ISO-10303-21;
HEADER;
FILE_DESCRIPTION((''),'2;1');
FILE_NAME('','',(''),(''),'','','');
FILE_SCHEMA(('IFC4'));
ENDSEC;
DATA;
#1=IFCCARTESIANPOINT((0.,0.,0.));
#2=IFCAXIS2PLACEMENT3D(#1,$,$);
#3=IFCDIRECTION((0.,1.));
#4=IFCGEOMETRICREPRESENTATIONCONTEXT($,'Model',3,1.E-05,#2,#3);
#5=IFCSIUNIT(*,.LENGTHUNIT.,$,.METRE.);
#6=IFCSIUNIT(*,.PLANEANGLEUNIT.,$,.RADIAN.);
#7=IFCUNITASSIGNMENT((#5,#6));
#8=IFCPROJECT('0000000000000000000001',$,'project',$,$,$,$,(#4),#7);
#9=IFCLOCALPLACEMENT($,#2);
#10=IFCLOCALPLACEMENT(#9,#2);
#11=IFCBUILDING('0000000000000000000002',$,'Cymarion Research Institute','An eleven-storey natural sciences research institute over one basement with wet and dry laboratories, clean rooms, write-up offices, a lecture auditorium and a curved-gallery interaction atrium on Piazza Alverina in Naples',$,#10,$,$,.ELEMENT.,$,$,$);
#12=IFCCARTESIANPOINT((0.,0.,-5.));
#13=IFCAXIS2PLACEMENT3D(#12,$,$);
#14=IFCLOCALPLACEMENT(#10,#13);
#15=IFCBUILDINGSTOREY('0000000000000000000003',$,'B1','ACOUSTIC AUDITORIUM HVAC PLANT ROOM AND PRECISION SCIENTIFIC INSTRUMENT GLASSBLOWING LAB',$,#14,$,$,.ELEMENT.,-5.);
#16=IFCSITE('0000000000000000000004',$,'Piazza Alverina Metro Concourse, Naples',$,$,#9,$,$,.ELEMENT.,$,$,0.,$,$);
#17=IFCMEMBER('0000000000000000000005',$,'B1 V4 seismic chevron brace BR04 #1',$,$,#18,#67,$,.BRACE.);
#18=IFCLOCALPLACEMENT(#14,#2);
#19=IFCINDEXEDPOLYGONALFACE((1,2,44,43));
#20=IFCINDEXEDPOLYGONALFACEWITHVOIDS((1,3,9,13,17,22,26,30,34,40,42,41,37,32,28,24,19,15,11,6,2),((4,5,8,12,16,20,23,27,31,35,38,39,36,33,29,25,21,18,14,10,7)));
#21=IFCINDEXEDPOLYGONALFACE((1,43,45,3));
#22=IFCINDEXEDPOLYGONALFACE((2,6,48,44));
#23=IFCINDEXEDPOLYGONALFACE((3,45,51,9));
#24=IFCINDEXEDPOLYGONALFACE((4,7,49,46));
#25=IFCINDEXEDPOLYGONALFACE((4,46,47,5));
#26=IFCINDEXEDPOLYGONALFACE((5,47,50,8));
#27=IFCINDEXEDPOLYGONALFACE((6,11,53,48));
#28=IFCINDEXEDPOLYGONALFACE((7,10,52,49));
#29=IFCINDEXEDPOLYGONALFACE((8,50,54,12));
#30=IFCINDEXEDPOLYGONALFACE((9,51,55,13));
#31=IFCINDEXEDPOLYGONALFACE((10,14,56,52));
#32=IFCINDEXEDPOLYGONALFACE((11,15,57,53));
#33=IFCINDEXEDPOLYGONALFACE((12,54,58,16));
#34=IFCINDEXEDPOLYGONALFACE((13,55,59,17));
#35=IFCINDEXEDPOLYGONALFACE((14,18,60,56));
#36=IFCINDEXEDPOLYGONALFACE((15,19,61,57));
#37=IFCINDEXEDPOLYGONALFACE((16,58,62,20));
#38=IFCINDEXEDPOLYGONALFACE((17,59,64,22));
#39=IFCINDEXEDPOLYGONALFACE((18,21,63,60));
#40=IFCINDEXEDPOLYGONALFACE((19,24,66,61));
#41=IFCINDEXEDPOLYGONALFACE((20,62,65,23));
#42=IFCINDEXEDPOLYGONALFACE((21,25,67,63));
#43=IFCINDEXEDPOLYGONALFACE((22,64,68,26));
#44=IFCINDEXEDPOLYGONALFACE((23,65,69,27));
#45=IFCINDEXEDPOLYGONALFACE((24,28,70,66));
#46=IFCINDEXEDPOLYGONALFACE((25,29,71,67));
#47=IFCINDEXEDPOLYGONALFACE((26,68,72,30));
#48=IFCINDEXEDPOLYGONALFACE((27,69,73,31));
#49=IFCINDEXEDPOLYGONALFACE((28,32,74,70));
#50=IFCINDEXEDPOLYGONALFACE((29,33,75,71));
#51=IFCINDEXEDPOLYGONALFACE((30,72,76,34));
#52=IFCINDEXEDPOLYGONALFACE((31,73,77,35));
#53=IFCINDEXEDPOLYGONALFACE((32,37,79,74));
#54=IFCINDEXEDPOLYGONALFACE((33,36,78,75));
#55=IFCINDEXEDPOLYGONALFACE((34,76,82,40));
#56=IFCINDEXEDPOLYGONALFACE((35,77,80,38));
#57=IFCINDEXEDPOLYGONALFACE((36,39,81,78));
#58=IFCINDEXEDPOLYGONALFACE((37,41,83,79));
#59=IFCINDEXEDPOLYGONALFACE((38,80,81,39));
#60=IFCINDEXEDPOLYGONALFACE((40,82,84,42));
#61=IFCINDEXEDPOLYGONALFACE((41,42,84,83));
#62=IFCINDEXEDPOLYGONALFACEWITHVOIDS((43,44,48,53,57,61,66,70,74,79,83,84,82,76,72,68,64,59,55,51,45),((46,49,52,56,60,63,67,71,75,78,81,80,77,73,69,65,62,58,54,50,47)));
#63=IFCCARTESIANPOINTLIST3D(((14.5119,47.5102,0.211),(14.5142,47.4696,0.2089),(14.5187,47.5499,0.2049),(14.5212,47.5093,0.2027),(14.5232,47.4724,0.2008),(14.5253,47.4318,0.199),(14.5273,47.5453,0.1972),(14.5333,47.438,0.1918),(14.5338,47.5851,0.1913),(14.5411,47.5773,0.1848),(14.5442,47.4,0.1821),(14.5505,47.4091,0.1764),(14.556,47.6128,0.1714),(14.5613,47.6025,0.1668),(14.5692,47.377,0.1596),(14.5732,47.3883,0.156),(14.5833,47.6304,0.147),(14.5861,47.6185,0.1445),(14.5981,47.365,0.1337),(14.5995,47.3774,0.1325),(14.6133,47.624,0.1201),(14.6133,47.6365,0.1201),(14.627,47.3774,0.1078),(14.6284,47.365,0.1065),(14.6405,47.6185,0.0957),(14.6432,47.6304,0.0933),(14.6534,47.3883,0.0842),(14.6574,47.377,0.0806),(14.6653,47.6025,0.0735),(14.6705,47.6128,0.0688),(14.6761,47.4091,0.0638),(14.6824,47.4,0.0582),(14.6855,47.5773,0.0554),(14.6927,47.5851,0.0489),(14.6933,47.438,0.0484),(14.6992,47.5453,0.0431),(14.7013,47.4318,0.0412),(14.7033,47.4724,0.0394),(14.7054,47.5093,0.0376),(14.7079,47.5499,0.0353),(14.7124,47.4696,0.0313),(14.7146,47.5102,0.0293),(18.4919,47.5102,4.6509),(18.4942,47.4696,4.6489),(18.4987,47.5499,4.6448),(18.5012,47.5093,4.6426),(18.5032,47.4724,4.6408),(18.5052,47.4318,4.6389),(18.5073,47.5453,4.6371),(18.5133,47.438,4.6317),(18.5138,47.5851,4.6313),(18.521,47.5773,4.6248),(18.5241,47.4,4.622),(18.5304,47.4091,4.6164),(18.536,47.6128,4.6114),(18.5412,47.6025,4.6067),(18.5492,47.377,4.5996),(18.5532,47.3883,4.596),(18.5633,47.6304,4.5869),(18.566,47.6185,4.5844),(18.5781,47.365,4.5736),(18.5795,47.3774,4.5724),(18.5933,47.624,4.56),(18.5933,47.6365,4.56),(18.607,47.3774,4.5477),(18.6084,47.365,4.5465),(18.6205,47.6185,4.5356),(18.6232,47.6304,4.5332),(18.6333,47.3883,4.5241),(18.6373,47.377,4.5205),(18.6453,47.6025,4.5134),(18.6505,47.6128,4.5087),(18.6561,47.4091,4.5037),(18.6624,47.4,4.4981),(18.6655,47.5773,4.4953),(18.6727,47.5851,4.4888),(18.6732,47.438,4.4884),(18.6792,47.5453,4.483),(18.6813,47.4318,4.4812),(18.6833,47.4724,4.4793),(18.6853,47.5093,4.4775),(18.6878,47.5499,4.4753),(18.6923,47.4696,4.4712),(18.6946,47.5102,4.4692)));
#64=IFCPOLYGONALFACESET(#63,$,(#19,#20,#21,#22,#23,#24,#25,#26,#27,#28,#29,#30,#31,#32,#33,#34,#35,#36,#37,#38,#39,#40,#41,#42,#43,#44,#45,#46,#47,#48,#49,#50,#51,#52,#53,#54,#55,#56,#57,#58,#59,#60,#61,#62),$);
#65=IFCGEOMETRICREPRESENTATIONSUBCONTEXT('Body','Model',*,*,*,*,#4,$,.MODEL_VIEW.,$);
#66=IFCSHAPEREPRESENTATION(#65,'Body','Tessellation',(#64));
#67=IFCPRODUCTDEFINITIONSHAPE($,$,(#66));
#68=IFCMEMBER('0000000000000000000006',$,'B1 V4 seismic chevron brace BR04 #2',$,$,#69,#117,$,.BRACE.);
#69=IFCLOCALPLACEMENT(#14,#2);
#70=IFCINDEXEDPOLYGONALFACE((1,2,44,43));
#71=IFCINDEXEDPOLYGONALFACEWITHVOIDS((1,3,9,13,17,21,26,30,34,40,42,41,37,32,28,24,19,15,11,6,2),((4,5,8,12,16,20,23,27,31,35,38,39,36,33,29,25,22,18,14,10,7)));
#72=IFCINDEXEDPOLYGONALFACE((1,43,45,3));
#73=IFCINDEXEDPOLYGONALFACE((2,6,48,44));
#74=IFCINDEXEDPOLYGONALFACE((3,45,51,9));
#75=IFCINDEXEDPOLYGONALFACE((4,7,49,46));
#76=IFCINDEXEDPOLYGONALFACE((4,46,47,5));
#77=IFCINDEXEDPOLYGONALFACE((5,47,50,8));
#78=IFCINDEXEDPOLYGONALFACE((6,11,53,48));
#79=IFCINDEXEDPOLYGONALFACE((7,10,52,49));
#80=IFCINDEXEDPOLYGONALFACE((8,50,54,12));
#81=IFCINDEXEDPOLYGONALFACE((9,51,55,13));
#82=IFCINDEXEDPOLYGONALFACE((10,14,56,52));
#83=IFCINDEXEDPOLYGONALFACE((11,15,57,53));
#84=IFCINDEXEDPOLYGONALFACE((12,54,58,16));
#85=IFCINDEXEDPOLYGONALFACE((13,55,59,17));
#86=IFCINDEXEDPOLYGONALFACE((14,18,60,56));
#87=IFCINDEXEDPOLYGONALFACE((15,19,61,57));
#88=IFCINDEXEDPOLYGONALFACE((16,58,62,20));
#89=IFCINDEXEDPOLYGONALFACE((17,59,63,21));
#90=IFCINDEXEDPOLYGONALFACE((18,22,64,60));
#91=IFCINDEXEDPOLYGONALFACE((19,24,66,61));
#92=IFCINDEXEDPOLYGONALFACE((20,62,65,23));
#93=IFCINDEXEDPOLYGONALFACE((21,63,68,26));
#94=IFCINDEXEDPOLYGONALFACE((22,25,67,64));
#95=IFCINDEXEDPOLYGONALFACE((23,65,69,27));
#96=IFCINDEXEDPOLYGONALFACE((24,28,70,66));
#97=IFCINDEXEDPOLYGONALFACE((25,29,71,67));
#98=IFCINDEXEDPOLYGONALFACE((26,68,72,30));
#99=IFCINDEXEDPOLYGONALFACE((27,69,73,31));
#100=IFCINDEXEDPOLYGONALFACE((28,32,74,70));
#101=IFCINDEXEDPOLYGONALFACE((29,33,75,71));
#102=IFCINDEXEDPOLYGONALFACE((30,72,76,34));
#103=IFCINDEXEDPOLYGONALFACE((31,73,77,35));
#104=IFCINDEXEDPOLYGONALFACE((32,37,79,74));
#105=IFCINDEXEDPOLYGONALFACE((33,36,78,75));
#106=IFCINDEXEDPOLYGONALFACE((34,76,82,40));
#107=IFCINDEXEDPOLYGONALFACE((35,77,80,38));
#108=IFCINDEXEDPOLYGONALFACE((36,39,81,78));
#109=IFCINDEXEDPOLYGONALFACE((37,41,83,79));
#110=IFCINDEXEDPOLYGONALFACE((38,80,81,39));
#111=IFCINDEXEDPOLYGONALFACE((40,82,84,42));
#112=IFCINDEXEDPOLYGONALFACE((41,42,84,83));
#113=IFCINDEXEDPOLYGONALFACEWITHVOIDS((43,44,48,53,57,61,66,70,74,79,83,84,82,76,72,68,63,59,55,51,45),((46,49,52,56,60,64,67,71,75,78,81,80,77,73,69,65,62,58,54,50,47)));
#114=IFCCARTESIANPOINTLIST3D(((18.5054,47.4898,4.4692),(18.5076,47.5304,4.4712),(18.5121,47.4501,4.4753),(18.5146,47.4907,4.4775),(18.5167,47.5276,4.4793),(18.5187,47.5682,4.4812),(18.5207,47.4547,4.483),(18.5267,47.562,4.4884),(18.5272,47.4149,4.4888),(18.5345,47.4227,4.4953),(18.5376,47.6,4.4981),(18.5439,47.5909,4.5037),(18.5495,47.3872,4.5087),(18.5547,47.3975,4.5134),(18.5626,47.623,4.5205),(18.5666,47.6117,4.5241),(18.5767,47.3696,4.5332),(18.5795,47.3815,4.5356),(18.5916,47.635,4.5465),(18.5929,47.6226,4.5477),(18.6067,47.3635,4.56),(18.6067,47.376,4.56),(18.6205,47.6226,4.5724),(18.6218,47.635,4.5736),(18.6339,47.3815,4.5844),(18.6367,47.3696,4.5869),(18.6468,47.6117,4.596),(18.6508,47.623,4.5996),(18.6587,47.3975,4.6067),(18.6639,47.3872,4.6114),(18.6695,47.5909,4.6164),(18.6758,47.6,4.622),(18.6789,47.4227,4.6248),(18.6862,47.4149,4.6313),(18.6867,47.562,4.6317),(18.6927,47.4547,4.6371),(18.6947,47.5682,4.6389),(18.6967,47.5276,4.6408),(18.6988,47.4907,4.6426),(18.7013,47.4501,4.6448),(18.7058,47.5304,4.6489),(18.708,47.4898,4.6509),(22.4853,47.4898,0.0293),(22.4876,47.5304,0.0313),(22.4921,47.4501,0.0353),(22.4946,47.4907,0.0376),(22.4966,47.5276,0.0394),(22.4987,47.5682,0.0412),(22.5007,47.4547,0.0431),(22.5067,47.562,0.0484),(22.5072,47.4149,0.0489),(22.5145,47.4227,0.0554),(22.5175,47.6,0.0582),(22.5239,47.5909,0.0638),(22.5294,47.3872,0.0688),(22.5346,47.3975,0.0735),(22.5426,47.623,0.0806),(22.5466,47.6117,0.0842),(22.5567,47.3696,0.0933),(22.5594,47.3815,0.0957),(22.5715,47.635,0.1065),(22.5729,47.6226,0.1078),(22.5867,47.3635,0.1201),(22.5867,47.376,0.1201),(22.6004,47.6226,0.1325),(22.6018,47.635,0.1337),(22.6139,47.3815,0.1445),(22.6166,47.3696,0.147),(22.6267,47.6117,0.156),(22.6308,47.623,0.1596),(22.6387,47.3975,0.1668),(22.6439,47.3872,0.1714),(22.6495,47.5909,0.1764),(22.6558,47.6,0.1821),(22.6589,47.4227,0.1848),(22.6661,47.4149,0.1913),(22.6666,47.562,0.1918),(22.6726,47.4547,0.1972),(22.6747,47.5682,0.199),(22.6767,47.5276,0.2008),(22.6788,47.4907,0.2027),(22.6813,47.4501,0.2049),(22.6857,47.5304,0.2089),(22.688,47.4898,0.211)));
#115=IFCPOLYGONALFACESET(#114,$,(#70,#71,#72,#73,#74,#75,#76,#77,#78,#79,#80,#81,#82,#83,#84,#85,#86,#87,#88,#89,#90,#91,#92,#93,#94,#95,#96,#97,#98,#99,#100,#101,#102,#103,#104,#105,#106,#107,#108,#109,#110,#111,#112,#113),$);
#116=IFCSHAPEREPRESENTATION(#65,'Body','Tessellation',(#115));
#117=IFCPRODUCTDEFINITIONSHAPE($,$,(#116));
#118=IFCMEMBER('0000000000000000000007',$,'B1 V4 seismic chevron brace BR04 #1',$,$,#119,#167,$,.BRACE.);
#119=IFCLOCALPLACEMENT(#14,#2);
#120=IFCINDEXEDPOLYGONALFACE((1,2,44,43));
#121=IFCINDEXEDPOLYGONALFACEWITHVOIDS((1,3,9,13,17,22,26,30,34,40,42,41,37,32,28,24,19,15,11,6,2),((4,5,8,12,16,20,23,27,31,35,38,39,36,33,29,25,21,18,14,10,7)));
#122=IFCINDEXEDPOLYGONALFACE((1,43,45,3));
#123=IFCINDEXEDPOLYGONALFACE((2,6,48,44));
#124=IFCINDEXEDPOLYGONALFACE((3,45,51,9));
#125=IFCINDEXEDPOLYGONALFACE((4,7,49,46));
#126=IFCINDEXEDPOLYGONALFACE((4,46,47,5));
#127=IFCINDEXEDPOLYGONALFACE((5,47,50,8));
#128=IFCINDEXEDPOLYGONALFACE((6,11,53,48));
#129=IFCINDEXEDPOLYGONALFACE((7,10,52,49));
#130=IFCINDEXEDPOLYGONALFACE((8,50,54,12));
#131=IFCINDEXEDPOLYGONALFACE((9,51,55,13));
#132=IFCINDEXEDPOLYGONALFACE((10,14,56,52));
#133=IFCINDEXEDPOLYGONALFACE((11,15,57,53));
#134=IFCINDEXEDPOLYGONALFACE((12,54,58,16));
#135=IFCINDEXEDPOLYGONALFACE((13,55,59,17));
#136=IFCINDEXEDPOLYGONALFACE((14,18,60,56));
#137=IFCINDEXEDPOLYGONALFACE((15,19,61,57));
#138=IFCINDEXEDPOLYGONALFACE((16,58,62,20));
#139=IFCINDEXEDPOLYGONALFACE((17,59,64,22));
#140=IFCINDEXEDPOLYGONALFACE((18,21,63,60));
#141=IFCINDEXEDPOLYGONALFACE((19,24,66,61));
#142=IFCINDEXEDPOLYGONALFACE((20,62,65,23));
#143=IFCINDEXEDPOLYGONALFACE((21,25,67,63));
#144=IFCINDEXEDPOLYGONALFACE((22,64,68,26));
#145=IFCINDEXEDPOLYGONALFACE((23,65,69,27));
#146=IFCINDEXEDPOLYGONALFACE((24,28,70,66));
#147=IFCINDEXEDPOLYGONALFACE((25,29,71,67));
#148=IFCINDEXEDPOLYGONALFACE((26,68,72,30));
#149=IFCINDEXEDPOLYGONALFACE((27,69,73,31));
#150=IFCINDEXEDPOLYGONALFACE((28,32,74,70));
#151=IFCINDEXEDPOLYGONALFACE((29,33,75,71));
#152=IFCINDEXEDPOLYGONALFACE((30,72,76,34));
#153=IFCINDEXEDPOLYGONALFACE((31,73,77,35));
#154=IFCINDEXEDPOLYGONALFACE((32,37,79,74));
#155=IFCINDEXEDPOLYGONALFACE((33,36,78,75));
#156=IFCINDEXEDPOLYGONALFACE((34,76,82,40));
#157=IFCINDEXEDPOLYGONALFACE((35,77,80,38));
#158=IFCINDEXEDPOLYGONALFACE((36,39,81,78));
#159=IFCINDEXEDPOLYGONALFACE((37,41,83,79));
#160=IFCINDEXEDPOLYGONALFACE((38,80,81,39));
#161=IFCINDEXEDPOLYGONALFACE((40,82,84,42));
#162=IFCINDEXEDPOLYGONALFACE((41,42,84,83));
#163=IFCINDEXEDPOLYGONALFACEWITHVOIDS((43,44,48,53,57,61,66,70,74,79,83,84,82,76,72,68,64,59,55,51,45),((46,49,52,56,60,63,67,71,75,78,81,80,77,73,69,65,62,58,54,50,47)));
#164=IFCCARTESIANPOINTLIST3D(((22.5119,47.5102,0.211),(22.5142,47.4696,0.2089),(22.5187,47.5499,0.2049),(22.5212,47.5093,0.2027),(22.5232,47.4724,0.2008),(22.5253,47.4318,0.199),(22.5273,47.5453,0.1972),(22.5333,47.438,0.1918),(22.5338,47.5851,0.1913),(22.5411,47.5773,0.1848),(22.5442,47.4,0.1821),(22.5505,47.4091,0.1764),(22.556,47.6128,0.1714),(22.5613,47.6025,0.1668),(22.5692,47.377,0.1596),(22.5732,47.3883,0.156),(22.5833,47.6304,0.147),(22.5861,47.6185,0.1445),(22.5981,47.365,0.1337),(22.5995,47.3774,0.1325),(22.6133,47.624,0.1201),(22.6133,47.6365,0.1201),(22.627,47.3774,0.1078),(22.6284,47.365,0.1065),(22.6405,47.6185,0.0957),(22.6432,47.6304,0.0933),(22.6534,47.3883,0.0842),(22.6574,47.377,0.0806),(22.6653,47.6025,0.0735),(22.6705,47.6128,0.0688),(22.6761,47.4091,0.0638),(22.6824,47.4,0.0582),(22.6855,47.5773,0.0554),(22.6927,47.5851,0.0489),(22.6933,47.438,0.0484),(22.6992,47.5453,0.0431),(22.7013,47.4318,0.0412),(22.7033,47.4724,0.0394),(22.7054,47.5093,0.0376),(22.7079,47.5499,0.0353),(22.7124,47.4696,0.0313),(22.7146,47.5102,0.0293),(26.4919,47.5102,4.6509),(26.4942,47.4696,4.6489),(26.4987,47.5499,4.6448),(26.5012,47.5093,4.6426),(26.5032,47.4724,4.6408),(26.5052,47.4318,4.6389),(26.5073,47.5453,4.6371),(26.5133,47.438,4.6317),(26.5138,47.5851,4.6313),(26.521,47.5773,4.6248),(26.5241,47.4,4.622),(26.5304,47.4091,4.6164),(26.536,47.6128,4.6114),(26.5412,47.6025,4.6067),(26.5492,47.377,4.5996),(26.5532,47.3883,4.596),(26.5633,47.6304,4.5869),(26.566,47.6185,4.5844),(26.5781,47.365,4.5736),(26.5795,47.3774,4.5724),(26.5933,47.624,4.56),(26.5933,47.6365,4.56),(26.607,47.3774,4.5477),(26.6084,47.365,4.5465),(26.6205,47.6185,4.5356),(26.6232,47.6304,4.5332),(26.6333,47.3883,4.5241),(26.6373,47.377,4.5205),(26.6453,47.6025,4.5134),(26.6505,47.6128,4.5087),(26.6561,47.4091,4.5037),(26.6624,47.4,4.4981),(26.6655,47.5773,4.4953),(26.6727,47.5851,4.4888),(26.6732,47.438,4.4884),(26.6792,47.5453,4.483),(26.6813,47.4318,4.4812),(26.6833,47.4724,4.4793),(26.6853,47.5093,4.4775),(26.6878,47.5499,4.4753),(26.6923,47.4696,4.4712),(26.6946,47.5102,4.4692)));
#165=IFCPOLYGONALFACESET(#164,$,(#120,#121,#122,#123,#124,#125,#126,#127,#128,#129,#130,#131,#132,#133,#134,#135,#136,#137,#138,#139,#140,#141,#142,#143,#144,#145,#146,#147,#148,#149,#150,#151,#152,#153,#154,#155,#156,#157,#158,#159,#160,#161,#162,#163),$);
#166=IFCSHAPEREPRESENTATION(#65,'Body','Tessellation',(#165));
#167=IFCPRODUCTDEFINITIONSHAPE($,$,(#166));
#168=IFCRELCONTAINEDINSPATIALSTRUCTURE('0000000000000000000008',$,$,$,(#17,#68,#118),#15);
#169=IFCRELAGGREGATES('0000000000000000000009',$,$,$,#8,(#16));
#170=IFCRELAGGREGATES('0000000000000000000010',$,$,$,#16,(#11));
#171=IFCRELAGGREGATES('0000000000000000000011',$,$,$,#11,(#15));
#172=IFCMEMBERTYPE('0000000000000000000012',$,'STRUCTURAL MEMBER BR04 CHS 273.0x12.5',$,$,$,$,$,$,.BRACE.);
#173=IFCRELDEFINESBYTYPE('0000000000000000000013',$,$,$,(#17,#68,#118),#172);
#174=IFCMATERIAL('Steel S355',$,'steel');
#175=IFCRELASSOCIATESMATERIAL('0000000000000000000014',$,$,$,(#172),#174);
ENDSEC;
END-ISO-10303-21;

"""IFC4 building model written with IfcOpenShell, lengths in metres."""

from ifc_helpers import new_model, si_unit, direction, frame, origin, origin_2d, place, context, subcontext, project, spatial, hollow_circle, extrude, material, material_profile, profile_set, type_object, element, save


model = new_model("IFC4")

# Units and contexts
model_context = context("Model", 3, precision=1e-05, world=origin(), true_north=direction((0.0, 1.0)))
body_context = subcontext(model_context, "Body", "Model", "MODEL_VIEW")
ifc_project = project(units=[si_unit("LENGTHUNIT", "METRE"), si_unit("PLANEANGLEUNIT", "RADIAN")], contexts=[model_context])

# Site, building, storey
site_placement = place(None, origin())
site = spatial("IfcSite", under=ifc_project, at=site_placement, Name="Piazza Alverina Metro Concourse, Naples", CompositionType="ELEMENT", RefElevation=0.0)
building_placement = place(site_placement, origin())
building = spatial("IfcBuilding", under=site, at=building_placement, Name="Cymarion Research Institute", Description="An eleven-storey natural sciences research institute over one basement with wet and dry laboratories, clean rooms, write-up offices, a lecture auditorium and a curved-gallery interaction atrium on Piazza Alverina in Naples", CompositionType="ELEMENT")
storey_placement = place(building_placement, frame((0.0, 0.0, -5.0)))
storey = spatial("IfcBuildingStorey", under=building, at=storey_placement, Name="B1", Description="ACOUSTIC AUDITORIUM HVAC PLANT ROOM AND PRECISION SCIENTIFIC INSTRUMENT GLASSBLOWING LAB", CompositionType="ELEMENT", Elevation=-5.0)

# Shared definitions
ifc_material_1 = material(Name="Steel S355", Category="steel")

# Members
ifc_material_profile_1 = material_profile(ifc_material_1, hollow_circle(Radius=0.1365, WallThickness=0.0125, at=origin_2d()), Name="CHS 273.0x12.5")
ifc_profile_set_1 = profile_set([ifc_material_profile_1], Name="Steel S355")
member_type = type_object("IfcMemberType", Name="STRUCTURAL MEMBER BR04 CHS 273.0x12.5", PredefinedType="BRACE", material=ifc_profile_set_1)
for number, where, z_axis, x_axis, name in (
    (1, (14.6133, 47.5, 0.1201), (0.667484, 0.0, 0.744624), (0.0, 1.0, 0.0), "B1 V4 seismic chevron brace BR04 #1"),
    (2, (22.5867, 47.5, 0.1201), (-0.667484, 0.0, 0.744624), (0.0, -1.0, 0.0), "B1 V4 seismic chevron brace BR04 #2"),
    (3, (22.6133, 47.5, 0.1201), (0.667484, 0.0, 0.744624), (0.0, 1.0, 0.0), "B1 V4 seismic chevron brace BR04 #1"),
):
    element("IfcMember", number, at=place(storey_placement, frame(where, z_axis=z_axis, x_axis=x_axis)), inside=storey, type_object=member_type, Name=name, PredefinedType="BRACE", context=body_context, shape_type="SweptSolid", body=[
        extrude(hollow_circle(Radius=0.1365, WallThickness=0.0125, at=origin_2d()), origin(), (0.0, 0.0, 1.0), 5.9626),
    ])

save(model, "model.ifc")
